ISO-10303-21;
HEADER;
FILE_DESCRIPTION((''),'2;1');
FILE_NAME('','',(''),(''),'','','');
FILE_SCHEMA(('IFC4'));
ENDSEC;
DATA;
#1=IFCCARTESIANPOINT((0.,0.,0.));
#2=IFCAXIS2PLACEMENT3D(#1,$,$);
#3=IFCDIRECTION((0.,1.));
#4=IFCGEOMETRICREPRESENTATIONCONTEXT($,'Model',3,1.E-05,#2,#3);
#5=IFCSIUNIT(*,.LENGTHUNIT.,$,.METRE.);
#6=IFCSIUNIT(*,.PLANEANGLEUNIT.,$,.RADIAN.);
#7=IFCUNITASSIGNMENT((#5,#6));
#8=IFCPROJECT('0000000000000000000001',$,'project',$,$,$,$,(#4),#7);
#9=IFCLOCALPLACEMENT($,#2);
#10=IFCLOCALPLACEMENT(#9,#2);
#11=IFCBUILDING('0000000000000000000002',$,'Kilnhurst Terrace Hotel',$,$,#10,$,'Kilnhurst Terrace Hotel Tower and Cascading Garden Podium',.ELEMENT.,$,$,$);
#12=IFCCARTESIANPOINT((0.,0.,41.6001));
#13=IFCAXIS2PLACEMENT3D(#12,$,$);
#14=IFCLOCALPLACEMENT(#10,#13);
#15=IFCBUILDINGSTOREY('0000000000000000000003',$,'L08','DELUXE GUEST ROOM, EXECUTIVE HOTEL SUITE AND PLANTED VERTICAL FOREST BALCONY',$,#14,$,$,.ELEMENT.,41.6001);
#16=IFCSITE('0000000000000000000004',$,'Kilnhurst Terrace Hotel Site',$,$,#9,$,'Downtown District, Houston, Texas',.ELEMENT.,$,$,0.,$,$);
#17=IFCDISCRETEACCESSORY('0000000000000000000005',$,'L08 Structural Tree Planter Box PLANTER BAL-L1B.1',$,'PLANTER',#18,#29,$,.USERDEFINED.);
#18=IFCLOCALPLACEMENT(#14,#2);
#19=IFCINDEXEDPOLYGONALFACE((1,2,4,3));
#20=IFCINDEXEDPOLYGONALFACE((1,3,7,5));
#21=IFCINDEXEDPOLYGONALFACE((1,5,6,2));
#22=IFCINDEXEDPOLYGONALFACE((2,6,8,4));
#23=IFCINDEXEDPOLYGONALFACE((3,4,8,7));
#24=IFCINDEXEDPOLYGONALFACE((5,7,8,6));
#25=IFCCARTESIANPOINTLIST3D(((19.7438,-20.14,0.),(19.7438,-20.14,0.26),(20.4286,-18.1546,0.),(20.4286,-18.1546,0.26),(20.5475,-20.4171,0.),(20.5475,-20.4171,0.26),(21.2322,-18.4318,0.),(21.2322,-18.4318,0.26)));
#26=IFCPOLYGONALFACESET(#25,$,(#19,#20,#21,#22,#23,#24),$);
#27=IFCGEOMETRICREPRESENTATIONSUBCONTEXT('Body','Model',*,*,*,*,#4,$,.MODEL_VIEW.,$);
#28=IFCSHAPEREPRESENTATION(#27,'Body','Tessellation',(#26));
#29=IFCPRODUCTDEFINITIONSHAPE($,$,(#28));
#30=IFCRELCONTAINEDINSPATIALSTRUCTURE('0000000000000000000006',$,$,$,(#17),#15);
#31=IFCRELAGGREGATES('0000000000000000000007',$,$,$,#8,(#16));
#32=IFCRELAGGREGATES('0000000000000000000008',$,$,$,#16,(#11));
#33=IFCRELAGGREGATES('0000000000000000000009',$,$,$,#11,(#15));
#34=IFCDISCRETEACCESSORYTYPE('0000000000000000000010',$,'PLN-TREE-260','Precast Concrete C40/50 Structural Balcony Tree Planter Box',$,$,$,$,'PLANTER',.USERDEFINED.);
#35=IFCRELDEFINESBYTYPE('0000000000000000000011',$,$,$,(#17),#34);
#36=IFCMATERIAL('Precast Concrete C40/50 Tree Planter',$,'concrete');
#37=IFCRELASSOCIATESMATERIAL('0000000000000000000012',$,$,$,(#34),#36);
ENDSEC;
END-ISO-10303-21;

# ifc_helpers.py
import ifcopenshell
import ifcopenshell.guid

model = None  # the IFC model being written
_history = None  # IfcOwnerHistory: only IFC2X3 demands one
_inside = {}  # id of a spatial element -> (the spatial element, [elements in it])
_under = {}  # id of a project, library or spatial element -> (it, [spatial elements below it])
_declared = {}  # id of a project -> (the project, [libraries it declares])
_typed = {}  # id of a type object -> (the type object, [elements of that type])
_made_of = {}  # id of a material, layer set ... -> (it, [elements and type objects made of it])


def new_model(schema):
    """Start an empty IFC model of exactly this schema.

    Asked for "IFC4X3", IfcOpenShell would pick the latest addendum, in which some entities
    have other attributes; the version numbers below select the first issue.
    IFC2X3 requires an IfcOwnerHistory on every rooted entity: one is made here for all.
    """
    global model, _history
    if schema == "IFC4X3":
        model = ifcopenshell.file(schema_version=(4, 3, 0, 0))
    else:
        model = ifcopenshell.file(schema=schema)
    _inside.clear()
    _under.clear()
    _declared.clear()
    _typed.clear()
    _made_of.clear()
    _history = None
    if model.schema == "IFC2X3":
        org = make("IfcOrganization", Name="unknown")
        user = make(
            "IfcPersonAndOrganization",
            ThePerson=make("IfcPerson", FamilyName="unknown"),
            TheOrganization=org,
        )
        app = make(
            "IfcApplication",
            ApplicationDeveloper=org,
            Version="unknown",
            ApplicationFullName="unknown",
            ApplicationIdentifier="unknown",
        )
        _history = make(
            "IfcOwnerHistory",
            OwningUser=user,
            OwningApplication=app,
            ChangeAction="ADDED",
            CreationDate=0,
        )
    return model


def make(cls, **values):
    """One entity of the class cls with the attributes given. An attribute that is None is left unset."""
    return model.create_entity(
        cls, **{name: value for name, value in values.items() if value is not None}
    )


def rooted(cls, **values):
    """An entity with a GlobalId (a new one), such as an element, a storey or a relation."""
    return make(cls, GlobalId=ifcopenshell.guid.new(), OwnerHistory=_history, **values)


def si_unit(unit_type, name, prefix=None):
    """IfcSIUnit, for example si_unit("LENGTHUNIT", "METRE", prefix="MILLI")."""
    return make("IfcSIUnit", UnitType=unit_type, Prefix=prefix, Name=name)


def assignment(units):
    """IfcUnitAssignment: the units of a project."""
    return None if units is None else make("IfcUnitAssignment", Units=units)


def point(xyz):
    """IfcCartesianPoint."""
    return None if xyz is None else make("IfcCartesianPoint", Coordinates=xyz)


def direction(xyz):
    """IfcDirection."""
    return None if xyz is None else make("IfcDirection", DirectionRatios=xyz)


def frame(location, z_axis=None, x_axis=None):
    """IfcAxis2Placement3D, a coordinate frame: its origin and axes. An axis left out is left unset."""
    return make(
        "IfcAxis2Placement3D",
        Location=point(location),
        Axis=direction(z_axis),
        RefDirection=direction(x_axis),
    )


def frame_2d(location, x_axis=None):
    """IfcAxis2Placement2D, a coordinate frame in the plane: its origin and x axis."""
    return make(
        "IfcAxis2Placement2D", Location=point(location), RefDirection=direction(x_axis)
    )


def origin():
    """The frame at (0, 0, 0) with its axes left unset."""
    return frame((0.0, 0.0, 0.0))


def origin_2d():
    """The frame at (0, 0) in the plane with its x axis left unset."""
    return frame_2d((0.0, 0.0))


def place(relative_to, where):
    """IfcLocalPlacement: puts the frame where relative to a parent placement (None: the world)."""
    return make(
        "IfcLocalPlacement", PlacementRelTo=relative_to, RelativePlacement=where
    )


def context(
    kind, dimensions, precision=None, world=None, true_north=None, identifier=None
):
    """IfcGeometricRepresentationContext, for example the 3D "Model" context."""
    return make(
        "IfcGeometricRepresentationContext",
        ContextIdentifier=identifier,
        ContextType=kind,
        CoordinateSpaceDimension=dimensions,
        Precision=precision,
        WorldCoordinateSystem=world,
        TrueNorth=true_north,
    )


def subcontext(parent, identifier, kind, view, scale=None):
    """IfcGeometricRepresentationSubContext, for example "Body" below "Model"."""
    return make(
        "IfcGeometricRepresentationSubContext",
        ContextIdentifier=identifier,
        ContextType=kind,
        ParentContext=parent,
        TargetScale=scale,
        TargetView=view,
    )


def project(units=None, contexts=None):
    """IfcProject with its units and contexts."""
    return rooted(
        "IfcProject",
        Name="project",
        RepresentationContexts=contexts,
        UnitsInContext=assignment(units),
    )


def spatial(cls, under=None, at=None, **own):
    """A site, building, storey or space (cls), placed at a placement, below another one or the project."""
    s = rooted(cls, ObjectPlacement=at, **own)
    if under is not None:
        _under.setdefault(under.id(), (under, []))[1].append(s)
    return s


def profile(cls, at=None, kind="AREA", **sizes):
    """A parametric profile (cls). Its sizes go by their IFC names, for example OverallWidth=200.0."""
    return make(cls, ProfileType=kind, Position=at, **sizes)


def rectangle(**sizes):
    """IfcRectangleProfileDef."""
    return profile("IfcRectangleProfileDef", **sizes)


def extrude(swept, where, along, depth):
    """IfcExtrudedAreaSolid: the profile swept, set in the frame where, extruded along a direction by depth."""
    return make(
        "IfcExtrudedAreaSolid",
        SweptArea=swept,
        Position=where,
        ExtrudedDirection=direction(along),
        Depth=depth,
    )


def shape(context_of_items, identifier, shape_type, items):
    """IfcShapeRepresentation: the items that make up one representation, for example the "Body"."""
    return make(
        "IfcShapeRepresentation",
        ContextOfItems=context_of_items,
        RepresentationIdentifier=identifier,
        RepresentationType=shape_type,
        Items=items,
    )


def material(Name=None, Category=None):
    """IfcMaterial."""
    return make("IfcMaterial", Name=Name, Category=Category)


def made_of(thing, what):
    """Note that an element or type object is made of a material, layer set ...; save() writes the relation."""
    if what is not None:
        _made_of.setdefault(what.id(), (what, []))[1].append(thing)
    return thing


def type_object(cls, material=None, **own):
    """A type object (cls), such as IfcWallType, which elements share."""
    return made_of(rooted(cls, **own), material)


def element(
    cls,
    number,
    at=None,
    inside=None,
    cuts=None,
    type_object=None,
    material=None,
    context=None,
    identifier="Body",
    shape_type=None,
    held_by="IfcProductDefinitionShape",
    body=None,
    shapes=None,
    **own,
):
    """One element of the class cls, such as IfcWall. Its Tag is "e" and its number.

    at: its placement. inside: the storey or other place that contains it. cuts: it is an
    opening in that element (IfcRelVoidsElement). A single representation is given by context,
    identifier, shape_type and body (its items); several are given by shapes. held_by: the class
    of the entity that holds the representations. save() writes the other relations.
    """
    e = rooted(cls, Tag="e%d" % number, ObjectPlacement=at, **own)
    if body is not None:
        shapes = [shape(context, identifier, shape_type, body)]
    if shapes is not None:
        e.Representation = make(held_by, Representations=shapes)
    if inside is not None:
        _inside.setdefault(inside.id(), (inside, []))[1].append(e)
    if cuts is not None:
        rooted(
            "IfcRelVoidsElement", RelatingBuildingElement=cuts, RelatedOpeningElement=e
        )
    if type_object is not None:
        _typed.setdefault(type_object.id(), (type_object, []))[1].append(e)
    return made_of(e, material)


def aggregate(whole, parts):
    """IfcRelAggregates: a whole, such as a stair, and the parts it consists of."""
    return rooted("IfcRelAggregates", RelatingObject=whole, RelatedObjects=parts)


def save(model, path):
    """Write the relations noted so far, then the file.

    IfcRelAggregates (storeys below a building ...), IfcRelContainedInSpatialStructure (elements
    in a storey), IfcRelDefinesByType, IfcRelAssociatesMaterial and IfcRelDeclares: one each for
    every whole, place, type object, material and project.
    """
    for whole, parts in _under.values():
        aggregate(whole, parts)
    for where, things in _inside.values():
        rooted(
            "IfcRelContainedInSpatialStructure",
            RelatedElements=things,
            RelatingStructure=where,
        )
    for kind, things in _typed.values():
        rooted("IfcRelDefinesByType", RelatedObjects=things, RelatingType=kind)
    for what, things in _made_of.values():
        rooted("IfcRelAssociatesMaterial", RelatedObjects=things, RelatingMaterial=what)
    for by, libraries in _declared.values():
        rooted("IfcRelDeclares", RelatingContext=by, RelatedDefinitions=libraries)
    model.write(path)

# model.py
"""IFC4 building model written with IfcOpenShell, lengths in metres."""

from ifc_helpers import new_model, si_unit, direction, frame, origin, origin_2d, place, context, subcontext, project, spatial, rectangle, extrude, material, type_object, element, save


model = new_model("IFC4")

# Units and contexts
model_context = context("Model", 3, precision=1e-05, world=origin(), true_north=direction((0.0, 1.0)))
body_context = subcontext(model_context, "Body", "Model", "MODEL_VIEW")
ifc_project = project(units=[si_unit("LENGTHUNIT", "METRE"), si_unit("PLANEANGLEUNIT", "RADIAN")], contexts=[model_context])

# Site, building, storey
site_placement = place(None, origin())
site = spatial("IfcSite", under=ifc_project, at=site_placement, Name="Kilnhurst Terrace Hotel Site", LongName="Downtown District, Houston, Texas", CompositionType="ELEMENT", RefElevation=0.0)
building_placement = place(site_placement, origin())
building = spatial("IfcBuilding", under=site, at=building_placement, Name="Kilnhurst Terrace Hotel", LongName="Kilnhurst Terrace Hotel Tower and Cascading Garden Podium", CompositionType="ELEMENT")
storey_placement = place(building_placement, frame((0.0, 0.0, 41.6001)))
storey = spatial("IfcBuildingStorey", under=building, at=storey_placement, Name="L08", Description="DELUXE GUEST ROOM, EXECUTIVE HOTEL SUITE AND PLANTED VERTICAL FOREST BALCONY", CompositionType="ELEMENT", Elevation=41.6001)

# Discrete accessory
ifc_material_1 = material(Name="Precast Concrete C40/50 Tree Planter", Category="concrete")
discrete_accessory_type_1 = type_object("IfcDiscreteAccessoryType", Name="PLN-TREE-260", Description="Precast Concrete C40/50 Structural Balcony Tree Planter Box", ElementType="PLANTER", PredefinedType="USERDEFINED", material=ifc_material_1)
discrete_accessory_1_placement = place(storey_placement, frame((20.488, -19.2859, 0.0), z_axis=(0.0, 0.0, 1.0), x_axis=(0.326063, 0.945348, 0.0)))
element("IfcDiscreteAccessory", 1, at=discrete_accessory_1_placement, inside=storey, type_object=discrete_accessory_type_1, Name="L08 Structural Tree Planter Box PLANTER BAL-L1B.1", ObjectType="PLANTER", PredefinedType="USERDEFINED", context=body_context, shape_type="SweptSolid", body=[
    extrude(rectangle(XDim=2.1001, YDim=0.8501, at=origin_2d()), origin(), (0.0, 0.0, 1.0), 0.26),
])

save(model, "model.ifc")
